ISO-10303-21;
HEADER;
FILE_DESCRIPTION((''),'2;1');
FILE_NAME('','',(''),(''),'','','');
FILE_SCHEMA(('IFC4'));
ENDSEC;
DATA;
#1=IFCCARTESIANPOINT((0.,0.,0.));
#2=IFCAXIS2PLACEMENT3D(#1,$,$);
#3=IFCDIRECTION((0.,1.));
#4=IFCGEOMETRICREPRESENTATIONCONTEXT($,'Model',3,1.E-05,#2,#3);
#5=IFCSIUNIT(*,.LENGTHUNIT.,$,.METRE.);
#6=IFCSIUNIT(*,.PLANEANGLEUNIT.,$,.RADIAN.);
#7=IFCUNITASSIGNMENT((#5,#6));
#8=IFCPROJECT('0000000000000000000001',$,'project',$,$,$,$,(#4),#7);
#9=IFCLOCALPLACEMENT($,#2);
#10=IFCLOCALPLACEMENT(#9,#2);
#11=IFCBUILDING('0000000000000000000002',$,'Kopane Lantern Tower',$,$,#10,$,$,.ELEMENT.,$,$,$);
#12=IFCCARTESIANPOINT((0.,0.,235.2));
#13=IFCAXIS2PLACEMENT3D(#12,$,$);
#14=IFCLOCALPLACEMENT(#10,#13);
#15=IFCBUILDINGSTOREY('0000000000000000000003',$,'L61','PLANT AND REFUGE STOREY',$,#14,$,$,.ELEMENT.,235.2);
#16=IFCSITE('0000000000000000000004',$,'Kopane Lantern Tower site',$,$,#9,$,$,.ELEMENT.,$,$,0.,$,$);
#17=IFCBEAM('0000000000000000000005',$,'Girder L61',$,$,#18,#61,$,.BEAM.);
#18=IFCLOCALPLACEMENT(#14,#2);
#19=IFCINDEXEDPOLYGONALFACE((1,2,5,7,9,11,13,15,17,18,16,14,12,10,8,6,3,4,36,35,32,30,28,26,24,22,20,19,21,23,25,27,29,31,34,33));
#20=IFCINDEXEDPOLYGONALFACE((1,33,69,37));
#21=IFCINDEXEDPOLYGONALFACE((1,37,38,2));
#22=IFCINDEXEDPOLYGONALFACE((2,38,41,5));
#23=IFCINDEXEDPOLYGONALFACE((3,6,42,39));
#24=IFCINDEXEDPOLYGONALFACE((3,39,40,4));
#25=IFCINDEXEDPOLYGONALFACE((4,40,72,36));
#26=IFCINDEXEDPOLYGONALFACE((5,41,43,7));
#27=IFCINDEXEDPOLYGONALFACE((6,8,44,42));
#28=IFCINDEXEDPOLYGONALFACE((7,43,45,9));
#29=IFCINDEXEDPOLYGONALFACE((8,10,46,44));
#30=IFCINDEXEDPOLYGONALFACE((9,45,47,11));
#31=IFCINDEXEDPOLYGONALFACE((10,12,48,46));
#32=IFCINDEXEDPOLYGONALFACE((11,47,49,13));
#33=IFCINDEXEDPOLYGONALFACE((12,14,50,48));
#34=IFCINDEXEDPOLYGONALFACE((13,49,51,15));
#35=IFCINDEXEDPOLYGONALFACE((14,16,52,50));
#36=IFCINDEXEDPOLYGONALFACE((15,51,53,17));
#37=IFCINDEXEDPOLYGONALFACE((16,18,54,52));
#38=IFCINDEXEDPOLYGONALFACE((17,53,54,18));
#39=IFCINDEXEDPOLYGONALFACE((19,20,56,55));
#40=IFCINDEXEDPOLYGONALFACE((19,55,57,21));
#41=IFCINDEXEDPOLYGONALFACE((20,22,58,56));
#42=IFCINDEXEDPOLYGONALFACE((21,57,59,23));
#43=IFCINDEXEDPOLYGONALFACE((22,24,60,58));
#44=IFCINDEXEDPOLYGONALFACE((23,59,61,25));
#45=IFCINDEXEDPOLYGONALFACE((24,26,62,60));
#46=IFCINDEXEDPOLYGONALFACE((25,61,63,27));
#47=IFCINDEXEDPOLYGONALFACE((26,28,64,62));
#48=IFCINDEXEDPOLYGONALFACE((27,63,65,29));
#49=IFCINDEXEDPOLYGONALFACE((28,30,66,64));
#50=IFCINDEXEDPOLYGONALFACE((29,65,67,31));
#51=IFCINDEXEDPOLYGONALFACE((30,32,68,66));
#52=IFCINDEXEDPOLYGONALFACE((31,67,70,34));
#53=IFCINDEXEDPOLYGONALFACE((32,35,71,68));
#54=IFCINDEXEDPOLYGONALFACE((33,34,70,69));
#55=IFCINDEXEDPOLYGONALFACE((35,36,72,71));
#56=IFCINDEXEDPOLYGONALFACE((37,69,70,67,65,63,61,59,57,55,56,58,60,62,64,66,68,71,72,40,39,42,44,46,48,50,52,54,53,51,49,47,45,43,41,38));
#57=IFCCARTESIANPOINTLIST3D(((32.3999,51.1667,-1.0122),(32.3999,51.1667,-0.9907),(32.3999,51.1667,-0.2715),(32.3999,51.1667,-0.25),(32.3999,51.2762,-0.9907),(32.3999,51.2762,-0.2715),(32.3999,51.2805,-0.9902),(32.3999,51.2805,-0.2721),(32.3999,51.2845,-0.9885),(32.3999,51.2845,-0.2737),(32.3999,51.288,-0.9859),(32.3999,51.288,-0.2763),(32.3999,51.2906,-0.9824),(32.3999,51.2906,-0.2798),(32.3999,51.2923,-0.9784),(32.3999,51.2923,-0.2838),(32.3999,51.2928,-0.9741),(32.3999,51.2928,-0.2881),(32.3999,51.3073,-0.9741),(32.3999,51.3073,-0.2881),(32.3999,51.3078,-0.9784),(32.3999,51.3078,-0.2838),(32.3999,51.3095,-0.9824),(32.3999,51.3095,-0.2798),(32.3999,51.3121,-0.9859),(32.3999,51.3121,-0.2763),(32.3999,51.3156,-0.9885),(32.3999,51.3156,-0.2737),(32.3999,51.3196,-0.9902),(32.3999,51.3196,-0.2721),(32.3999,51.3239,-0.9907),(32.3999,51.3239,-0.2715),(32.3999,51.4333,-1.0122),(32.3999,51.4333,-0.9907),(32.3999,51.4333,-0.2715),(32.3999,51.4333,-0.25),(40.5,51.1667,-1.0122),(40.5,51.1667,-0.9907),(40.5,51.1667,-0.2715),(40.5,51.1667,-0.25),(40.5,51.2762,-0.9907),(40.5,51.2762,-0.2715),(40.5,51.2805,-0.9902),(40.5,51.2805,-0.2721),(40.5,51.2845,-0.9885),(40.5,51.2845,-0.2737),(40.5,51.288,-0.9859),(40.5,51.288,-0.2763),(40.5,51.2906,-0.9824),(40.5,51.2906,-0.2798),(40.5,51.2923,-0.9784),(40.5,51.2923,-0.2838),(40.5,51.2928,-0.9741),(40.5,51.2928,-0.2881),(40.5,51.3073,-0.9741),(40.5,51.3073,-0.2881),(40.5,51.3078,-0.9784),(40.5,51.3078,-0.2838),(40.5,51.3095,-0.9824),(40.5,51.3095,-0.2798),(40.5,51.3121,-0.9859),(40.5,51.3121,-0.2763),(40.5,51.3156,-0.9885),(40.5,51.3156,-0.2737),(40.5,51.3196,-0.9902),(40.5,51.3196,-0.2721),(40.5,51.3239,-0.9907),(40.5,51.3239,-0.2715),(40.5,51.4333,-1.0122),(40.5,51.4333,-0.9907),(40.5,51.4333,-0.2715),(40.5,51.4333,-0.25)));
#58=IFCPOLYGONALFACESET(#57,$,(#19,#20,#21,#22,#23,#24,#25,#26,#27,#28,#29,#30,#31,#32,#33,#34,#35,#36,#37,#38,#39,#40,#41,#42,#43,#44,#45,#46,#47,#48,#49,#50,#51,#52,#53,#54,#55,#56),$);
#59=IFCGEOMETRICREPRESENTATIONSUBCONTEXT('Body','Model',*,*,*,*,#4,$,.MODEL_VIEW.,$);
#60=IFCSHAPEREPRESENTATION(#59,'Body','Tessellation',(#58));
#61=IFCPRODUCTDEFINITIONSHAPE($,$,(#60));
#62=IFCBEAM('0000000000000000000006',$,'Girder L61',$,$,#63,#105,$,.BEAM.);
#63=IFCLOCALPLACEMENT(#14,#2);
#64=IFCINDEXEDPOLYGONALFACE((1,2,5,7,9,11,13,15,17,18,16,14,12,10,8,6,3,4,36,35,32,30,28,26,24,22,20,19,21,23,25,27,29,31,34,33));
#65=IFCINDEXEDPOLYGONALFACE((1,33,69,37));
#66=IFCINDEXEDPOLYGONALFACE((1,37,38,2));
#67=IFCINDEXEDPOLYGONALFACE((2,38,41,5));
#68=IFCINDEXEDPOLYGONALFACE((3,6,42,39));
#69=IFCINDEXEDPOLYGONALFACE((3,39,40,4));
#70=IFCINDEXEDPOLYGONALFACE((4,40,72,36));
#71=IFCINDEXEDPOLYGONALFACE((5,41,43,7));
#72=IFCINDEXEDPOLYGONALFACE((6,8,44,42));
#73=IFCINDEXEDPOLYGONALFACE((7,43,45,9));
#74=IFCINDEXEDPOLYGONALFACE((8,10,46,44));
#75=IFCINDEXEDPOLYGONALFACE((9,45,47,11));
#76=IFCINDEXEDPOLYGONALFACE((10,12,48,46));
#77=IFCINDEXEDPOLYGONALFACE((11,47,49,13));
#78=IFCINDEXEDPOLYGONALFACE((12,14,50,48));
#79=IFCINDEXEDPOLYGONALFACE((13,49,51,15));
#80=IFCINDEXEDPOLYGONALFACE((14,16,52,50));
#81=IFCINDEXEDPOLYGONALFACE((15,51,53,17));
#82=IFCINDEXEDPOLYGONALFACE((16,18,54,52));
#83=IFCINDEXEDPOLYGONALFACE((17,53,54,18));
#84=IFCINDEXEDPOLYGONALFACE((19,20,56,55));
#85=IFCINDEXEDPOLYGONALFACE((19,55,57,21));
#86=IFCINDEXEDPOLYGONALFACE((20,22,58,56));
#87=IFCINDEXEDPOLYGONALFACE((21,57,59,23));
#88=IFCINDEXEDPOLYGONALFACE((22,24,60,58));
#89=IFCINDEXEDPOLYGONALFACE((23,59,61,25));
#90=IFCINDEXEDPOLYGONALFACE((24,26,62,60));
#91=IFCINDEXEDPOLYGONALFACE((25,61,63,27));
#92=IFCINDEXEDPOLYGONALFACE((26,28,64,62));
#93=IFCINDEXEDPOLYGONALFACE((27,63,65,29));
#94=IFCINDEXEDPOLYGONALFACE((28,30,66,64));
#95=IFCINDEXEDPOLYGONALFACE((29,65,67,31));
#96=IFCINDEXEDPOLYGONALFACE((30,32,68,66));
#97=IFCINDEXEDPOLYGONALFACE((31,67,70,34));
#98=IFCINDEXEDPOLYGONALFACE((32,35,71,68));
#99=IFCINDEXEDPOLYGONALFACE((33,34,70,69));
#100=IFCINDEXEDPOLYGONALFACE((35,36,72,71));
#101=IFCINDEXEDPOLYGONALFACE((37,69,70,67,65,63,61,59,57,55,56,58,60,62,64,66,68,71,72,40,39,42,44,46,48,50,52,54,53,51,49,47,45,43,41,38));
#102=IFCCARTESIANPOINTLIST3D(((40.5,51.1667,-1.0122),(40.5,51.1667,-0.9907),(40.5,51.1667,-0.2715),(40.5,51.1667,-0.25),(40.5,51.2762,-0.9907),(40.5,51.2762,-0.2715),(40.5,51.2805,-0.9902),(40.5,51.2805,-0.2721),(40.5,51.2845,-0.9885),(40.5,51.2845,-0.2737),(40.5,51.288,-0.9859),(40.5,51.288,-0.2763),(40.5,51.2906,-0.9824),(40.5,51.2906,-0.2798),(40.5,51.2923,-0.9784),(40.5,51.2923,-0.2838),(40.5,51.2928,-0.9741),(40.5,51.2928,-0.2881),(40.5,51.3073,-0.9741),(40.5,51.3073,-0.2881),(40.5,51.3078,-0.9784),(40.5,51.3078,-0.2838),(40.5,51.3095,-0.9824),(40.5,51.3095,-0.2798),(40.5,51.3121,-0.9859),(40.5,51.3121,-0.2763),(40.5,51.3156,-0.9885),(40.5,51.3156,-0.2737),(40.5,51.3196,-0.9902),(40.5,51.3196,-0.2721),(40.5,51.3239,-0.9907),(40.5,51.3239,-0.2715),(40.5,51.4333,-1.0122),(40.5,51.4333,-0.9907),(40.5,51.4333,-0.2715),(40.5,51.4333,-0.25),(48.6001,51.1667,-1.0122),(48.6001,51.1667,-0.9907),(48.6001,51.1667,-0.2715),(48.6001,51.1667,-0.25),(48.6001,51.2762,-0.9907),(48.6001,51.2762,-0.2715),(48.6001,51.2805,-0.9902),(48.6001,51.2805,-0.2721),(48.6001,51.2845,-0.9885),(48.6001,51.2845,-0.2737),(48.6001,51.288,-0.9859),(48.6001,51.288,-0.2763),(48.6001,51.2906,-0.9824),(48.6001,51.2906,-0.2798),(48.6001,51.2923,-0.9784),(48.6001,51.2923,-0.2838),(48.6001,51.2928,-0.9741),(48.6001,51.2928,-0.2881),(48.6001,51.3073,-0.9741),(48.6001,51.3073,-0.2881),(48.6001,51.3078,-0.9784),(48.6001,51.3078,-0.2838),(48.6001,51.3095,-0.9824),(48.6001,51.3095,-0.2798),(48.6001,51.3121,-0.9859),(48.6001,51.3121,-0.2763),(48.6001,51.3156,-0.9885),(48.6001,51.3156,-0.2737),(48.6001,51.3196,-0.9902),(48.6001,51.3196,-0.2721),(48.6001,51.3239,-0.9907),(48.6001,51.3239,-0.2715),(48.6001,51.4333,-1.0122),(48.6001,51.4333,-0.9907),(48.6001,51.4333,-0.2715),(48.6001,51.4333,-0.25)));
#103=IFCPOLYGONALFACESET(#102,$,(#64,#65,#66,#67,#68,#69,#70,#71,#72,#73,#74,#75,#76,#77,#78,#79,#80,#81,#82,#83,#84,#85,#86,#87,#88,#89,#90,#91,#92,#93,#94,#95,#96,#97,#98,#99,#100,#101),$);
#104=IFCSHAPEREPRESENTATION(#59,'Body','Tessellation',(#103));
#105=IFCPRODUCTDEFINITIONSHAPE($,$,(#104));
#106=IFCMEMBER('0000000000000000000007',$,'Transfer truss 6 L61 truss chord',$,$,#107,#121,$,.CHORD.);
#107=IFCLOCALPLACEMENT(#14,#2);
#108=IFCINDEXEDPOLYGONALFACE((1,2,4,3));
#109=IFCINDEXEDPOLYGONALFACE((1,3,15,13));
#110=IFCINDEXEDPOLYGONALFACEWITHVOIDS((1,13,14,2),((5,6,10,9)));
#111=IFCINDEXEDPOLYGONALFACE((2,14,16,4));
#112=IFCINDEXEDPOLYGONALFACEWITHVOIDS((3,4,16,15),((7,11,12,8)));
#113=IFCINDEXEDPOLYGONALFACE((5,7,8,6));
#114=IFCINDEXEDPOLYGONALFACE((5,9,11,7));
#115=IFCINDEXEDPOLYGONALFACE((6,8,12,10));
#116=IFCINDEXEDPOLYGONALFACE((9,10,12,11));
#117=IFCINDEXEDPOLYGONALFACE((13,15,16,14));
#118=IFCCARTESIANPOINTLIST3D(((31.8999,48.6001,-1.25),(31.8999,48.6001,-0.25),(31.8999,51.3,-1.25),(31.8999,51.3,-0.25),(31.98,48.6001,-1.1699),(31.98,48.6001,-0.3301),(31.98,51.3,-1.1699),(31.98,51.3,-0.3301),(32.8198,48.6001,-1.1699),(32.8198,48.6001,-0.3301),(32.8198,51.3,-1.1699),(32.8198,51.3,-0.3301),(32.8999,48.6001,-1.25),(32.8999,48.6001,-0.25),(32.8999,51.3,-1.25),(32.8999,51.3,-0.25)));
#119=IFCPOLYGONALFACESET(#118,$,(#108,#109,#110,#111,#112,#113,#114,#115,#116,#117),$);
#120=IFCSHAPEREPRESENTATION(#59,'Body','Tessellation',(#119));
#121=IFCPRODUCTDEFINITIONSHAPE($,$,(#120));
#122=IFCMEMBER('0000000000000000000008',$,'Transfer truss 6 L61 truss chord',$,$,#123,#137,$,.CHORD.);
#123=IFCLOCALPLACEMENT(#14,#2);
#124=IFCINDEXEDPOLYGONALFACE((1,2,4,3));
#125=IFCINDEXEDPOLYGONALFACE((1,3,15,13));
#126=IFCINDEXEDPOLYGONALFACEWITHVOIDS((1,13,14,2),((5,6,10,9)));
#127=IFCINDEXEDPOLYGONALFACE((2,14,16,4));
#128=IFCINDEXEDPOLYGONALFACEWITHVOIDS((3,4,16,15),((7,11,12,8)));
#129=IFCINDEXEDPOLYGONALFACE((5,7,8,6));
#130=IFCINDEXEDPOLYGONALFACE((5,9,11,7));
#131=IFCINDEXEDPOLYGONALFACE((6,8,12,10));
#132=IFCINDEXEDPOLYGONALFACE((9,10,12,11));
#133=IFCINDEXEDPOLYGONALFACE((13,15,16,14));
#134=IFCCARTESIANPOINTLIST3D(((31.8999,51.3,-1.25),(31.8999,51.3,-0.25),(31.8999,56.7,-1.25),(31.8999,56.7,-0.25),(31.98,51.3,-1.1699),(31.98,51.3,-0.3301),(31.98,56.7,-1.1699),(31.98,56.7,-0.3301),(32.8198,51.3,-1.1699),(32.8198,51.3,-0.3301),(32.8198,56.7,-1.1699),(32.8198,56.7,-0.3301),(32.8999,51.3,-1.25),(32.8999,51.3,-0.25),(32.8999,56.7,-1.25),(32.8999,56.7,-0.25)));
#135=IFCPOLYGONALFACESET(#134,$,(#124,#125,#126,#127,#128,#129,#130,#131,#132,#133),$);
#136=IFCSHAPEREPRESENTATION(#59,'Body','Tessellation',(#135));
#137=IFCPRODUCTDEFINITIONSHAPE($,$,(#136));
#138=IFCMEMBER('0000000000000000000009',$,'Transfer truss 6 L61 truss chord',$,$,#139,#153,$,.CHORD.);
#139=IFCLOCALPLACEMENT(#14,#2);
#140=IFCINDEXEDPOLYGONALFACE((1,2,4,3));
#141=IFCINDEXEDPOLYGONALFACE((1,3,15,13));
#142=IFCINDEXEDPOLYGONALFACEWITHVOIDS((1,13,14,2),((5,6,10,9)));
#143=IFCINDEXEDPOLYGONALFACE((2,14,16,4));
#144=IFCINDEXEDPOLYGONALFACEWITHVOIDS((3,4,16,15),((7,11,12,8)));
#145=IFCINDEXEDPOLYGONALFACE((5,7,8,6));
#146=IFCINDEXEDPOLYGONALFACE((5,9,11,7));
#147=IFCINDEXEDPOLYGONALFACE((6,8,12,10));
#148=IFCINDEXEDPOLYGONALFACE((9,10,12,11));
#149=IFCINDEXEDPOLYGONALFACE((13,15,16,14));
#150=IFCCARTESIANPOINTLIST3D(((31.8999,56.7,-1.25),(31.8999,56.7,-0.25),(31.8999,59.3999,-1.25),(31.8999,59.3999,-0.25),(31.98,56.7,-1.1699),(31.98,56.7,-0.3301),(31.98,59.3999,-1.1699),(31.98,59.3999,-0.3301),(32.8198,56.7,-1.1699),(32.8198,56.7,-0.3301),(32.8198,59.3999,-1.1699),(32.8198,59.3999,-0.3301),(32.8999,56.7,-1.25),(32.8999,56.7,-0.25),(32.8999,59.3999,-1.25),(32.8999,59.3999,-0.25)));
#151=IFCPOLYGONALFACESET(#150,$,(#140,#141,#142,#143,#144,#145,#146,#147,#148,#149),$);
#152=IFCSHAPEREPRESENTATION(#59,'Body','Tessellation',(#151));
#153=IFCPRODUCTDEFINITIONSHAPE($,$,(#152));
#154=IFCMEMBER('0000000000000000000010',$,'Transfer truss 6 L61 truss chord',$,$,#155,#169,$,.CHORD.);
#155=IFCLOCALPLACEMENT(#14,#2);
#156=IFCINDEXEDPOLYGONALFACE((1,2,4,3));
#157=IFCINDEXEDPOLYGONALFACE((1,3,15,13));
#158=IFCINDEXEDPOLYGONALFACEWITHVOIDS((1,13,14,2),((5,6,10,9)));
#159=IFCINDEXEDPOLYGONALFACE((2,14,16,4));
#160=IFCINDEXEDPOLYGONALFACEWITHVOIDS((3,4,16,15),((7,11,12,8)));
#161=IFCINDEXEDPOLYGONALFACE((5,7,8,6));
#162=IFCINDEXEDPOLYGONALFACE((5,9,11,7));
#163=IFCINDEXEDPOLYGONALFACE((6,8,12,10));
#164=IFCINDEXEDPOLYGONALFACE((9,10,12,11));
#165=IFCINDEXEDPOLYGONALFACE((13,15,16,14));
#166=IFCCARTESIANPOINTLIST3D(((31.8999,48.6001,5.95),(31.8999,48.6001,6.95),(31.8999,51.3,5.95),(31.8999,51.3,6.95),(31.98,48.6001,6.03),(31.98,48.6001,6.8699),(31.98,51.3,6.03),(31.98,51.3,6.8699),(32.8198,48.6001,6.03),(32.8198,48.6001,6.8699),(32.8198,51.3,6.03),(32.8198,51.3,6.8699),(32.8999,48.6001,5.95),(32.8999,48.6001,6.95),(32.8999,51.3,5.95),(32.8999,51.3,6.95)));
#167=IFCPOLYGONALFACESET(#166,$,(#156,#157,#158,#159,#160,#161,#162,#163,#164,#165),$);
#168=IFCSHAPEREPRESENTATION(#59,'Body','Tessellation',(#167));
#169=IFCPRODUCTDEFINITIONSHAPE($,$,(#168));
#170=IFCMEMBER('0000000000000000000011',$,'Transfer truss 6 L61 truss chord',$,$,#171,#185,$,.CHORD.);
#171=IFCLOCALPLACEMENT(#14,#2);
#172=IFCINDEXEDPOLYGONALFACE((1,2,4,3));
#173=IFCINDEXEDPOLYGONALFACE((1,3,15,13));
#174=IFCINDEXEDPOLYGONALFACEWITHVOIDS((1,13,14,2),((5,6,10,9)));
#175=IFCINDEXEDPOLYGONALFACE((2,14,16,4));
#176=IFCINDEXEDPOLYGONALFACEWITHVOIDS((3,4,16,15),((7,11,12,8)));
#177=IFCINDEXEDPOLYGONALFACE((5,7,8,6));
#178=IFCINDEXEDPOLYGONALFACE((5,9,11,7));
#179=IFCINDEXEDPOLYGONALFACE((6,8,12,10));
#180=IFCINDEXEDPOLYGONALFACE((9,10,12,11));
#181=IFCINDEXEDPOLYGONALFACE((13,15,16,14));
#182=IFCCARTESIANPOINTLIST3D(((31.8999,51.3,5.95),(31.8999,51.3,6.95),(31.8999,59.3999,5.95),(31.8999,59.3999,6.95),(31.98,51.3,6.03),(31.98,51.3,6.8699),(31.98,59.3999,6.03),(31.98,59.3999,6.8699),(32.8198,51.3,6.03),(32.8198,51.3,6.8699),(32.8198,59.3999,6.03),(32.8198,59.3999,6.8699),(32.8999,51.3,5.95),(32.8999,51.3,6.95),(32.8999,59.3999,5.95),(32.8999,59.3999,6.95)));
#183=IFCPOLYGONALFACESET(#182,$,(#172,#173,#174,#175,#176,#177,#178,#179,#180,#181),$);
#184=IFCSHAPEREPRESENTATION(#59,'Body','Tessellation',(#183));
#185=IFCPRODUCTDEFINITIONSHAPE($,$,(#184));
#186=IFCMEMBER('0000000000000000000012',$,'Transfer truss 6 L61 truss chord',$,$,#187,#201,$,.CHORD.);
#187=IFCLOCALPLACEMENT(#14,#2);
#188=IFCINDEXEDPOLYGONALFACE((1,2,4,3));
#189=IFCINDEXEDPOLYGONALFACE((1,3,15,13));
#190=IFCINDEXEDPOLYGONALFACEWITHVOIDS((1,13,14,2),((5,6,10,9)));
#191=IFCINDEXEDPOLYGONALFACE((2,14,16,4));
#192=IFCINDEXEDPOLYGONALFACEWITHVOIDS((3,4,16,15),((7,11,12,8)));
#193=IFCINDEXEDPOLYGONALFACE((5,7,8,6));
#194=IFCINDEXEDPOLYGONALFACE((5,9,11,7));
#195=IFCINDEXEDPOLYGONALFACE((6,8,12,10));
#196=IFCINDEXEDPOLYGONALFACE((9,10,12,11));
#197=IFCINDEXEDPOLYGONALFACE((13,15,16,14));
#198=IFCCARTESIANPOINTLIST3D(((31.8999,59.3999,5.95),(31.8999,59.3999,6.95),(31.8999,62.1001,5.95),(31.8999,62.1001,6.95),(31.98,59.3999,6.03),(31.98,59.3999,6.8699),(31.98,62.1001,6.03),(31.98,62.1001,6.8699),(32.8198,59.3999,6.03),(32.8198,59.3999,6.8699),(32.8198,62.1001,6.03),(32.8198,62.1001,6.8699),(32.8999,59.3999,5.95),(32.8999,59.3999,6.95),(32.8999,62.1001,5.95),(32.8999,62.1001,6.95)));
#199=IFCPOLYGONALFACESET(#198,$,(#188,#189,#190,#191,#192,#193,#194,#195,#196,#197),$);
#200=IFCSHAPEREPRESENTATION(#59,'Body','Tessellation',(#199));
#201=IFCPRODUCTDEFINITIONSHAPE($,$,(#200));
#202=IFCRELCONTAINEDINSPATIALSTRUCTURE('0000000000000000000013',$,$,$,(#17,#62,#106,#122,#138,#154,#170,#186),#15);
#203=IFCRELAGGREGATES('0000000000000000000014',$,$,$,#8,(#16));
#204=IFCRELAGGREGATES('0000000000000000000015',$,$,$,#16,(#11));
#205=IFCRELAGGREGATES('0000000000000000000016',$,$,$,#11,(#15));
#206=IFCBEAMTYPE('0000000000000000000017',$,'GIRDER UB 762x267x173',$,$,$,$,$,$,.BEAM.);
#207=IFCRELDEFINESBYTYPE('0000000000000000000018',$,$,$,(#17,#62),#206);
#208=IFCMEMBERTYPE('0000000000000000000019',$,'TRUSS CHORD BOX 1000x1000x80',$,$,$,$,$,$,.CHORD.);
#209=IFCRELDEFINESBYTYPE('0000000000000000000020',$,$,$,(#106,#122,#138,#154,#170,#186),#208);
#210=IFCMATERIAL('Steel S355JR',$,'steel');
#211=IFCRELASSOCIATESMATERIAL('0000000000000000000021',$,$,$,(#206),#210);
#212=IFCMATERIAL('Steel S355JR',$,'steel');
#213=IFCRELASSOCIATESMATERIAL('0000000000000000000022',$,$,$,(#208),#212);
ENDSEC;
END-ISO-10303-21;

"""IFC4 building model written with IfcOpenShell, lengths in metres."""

from ifc_helpers import new_model, si_unit, direction, frame, origin, origin_2d, place, context, subcontext, project, spatial, hollow_rectangle, i_section, extrude, material, material_profile, profile_set, type_object, element, save


model = new_model("IFC4")

# Units and contexts
model_context = context("Model", 3, precision=1e-05, world=origin(), true_north=direction((0.0, 1.0)))
body_context = subcontext(model_context, "Body", "Model", "MODEL_VIEW")
ifc_project = project(units=[si_unit("LENGTHUNIT", "METRE"), si_unit("PLANEANGLEUNIT", "RADIAN")], contexts=[model_context])

# Site, building, storey
site_placement = place(None, origin())
site = spatial("IfcSite", under=ifc_project, at=site_placement, Name="Kopane Lantern Tower site", CompositionType="ELEMENT", RefElevation=0.0)
building_placement = place(site_placement, origin())
building = spatial("IfcBuilding", under=site, at=building_placement, Name="Kopane Lantern Tower", CompositionType="ELEMENT")
storey_placement = place(building_placement, frame((0.0, 0.0, 235.2)))
storey = spatial("IfcBuildingStorey", under=building, at=storey_placement, Name="L61", Description="PLANT AND REFUGE STOREY", CompositionType="ELEMENT", Elevation=235.2)

# Beams
ifc_material_1 = material(Name="Steel S355JR", Category="steel")
ifc_material_profile_1 = material_profile(ifc_material_1, i_section(OverallWidth=0.2666, OverallDepth=0.7622, WebThickness=0.0144, FlangeThickness=0.0215, FilletRadius=0.0166, at=origin_2d()), Name="UB 762x267x173")
ifc_profile_set_1 = profile_set([ifc_material_profile_1], Name="Steel S355JR")
beam_type = type_object("IfcBeamType", Name="GIRDER UB 762x267x173", PredefinedType="BEAM", material=ifc_profile_set_1)
for number, where, z_axis, x_axis, name in (
    (1, (32.3999, 51.3, -0.6311), (1.0, 0.0, 0.0), (0.0, 1.0, 0.0), "Girder L61"),
    (2, (40.5, 51.3, -0.6311), (1.0, 0.0, 0.0), (0.0, 1.0, 0.0), "Girder L61"),
):
    element("IfcBeam", number, at=place(storey_placement, frame(where, z_axis=z_axis, x_axis=x_axis)), inside=storey, type_object=beam_type, Name=name, PredefinedType="BEAM", context=body_context, shape_type="SweptSolid", body=[
        extrude(i_section(OverallWidth=0.2666, OverallDepth=0.7622, WebThickness=0.0144, FlangeThickness=0.0215, FilletRadius=0.0166, at=origin_2d()), origin(), (0.0, 0.0, 1.0), 8.1001),
    ])

# Members
ifc_material_2 = material(Name="Steel S355JR", Category="steel")
ifc_material_profile_2 = material_profile(ifc_material_2, hollow_rectangle(XDim=1.0, YDim=1.0, WallThickness=0.0801, at=origin_2d()), Name="BOX 1000x1000x80")
ifc_profile_set_2 = profile_set([ifc_material_profile_2], Name="Steel S355JR")
member_type_1 = type_object("IfcMemberType", Name="TRUSS CHORD BOX 1000x1000x80", PredefinedType="CHORD", material=ifc_profile_set_2)
member_1_placement = place(storey_placement, frame((32.3999, 48.6001, -0.75), z_axis=(0.0, 1.0, 0.0), x_axis=(-1.0, 0.0, 0.0)))
element("IfcMember", 3, at=member_1_placement, inside=storey, type_object=member_type_1, Name="Transfer truss 6 L61 truss chord", PredefinedType="CHORD", context=body_context, shape_type="SweptSolid", body=[
    extrude(hollow_rectangle(XDim=1.0, YDim=1.0, WallThickness=0.0801, at=origin_2d()), origin(), (0.0, 0.0, 1.0), 2.7),
])
member_2_placement = place(storey_placement, frame((32.3999, 51.3, -0.75), z_axis=(0.0, 1.0, 0.0), x_axis=(-1.0, 0.0, 0.0)))
element("IfcMember", 4, at=member_2_placement, inside=storey, type_object=member_type_1, Name="Transfer truss 6 L61 truss chord", PredefinedType="CHORD", context=body_context, shape_type="SweptSolid", body=[
    extrude(hollow_rectangle(XDim=1.0, YDim=1.0, WallThickness=0.0801, at=origin_2d()), origin(), (0.0, 0.0, 1.0), 5.3999),
])
for number, where, z_axis, x_axis, name in (
    (5, (32.3999, 56.7, -0.75), (0.0, 1.0, 0.0), (-1.0, 0.0, 0.0), "Transfer truss 6 L61 truss chord"),
    (6, (32.3999, 48.6001, 6.45), (0.0, 1.0, 0.0), (-1.0, 0.0, 0.0), "Transfer truss 6 L61 truss chord"),
):
    element("IfcMember", number, at=place(storey_placement, frame(where, z_axis=z_axis, x_axis=x_axis)), inside=storey, type_object=member_type_1, Name=name, PredefinedType="CHORD", context=body_context, shape_type="SweptSolid", body=[
        extrude(hollow_rectangle(XDim=1.0, YDim=1.0, WallThickness=0.0801, at=origin_2d()), origin(), (0.0, 0.0, 1.0), 2.7),
    ])
member_3_placement = place(storey_placement, frame((32.3999, 51.3, 6.45), z_axis=(0.0, 1.0, 0.0), x_axis=(-1.0, 0.0, 0.0)))
element("IfcMember", 7, at=member_3_placement, inside=storey, type_object=member_type_1, Name="Transfer truss 6 L61 truss chord", PredefinedType="CHORD", context=body_context, shape_type="SweptSolid", body=[
    extrude(hollow_rectangle(XDim=1.0, YDim=1.0, WallThickness=0.0801, at=origin_2d()), origin(), (0.0, 0.0, 1.0), 8.0999),
])
member_4_placement = place(storey_placement, frame((32.3999, 59.3999, 6.45), z_axis=(0.0, 1.0, 0.0), x_axis=(-1.0, 0.0, 0.0)))
element("IfcMember", 8, at=member_4_placement, inside=storey, type_object=member_type_1, Name="Transfer truss 6 L61 truss chord", PredefinedType="CHORD", context=body_context, shape_type="SweptSolid", body=[
    extrude(hollow_rectangle(XDim=1.0, YDim=1.0, WallThickness=0.0801, at=origin_2d()), origin(), (0.0, 0.0, 1.0), 2.7002),
])

save(model, "model.ifc")
